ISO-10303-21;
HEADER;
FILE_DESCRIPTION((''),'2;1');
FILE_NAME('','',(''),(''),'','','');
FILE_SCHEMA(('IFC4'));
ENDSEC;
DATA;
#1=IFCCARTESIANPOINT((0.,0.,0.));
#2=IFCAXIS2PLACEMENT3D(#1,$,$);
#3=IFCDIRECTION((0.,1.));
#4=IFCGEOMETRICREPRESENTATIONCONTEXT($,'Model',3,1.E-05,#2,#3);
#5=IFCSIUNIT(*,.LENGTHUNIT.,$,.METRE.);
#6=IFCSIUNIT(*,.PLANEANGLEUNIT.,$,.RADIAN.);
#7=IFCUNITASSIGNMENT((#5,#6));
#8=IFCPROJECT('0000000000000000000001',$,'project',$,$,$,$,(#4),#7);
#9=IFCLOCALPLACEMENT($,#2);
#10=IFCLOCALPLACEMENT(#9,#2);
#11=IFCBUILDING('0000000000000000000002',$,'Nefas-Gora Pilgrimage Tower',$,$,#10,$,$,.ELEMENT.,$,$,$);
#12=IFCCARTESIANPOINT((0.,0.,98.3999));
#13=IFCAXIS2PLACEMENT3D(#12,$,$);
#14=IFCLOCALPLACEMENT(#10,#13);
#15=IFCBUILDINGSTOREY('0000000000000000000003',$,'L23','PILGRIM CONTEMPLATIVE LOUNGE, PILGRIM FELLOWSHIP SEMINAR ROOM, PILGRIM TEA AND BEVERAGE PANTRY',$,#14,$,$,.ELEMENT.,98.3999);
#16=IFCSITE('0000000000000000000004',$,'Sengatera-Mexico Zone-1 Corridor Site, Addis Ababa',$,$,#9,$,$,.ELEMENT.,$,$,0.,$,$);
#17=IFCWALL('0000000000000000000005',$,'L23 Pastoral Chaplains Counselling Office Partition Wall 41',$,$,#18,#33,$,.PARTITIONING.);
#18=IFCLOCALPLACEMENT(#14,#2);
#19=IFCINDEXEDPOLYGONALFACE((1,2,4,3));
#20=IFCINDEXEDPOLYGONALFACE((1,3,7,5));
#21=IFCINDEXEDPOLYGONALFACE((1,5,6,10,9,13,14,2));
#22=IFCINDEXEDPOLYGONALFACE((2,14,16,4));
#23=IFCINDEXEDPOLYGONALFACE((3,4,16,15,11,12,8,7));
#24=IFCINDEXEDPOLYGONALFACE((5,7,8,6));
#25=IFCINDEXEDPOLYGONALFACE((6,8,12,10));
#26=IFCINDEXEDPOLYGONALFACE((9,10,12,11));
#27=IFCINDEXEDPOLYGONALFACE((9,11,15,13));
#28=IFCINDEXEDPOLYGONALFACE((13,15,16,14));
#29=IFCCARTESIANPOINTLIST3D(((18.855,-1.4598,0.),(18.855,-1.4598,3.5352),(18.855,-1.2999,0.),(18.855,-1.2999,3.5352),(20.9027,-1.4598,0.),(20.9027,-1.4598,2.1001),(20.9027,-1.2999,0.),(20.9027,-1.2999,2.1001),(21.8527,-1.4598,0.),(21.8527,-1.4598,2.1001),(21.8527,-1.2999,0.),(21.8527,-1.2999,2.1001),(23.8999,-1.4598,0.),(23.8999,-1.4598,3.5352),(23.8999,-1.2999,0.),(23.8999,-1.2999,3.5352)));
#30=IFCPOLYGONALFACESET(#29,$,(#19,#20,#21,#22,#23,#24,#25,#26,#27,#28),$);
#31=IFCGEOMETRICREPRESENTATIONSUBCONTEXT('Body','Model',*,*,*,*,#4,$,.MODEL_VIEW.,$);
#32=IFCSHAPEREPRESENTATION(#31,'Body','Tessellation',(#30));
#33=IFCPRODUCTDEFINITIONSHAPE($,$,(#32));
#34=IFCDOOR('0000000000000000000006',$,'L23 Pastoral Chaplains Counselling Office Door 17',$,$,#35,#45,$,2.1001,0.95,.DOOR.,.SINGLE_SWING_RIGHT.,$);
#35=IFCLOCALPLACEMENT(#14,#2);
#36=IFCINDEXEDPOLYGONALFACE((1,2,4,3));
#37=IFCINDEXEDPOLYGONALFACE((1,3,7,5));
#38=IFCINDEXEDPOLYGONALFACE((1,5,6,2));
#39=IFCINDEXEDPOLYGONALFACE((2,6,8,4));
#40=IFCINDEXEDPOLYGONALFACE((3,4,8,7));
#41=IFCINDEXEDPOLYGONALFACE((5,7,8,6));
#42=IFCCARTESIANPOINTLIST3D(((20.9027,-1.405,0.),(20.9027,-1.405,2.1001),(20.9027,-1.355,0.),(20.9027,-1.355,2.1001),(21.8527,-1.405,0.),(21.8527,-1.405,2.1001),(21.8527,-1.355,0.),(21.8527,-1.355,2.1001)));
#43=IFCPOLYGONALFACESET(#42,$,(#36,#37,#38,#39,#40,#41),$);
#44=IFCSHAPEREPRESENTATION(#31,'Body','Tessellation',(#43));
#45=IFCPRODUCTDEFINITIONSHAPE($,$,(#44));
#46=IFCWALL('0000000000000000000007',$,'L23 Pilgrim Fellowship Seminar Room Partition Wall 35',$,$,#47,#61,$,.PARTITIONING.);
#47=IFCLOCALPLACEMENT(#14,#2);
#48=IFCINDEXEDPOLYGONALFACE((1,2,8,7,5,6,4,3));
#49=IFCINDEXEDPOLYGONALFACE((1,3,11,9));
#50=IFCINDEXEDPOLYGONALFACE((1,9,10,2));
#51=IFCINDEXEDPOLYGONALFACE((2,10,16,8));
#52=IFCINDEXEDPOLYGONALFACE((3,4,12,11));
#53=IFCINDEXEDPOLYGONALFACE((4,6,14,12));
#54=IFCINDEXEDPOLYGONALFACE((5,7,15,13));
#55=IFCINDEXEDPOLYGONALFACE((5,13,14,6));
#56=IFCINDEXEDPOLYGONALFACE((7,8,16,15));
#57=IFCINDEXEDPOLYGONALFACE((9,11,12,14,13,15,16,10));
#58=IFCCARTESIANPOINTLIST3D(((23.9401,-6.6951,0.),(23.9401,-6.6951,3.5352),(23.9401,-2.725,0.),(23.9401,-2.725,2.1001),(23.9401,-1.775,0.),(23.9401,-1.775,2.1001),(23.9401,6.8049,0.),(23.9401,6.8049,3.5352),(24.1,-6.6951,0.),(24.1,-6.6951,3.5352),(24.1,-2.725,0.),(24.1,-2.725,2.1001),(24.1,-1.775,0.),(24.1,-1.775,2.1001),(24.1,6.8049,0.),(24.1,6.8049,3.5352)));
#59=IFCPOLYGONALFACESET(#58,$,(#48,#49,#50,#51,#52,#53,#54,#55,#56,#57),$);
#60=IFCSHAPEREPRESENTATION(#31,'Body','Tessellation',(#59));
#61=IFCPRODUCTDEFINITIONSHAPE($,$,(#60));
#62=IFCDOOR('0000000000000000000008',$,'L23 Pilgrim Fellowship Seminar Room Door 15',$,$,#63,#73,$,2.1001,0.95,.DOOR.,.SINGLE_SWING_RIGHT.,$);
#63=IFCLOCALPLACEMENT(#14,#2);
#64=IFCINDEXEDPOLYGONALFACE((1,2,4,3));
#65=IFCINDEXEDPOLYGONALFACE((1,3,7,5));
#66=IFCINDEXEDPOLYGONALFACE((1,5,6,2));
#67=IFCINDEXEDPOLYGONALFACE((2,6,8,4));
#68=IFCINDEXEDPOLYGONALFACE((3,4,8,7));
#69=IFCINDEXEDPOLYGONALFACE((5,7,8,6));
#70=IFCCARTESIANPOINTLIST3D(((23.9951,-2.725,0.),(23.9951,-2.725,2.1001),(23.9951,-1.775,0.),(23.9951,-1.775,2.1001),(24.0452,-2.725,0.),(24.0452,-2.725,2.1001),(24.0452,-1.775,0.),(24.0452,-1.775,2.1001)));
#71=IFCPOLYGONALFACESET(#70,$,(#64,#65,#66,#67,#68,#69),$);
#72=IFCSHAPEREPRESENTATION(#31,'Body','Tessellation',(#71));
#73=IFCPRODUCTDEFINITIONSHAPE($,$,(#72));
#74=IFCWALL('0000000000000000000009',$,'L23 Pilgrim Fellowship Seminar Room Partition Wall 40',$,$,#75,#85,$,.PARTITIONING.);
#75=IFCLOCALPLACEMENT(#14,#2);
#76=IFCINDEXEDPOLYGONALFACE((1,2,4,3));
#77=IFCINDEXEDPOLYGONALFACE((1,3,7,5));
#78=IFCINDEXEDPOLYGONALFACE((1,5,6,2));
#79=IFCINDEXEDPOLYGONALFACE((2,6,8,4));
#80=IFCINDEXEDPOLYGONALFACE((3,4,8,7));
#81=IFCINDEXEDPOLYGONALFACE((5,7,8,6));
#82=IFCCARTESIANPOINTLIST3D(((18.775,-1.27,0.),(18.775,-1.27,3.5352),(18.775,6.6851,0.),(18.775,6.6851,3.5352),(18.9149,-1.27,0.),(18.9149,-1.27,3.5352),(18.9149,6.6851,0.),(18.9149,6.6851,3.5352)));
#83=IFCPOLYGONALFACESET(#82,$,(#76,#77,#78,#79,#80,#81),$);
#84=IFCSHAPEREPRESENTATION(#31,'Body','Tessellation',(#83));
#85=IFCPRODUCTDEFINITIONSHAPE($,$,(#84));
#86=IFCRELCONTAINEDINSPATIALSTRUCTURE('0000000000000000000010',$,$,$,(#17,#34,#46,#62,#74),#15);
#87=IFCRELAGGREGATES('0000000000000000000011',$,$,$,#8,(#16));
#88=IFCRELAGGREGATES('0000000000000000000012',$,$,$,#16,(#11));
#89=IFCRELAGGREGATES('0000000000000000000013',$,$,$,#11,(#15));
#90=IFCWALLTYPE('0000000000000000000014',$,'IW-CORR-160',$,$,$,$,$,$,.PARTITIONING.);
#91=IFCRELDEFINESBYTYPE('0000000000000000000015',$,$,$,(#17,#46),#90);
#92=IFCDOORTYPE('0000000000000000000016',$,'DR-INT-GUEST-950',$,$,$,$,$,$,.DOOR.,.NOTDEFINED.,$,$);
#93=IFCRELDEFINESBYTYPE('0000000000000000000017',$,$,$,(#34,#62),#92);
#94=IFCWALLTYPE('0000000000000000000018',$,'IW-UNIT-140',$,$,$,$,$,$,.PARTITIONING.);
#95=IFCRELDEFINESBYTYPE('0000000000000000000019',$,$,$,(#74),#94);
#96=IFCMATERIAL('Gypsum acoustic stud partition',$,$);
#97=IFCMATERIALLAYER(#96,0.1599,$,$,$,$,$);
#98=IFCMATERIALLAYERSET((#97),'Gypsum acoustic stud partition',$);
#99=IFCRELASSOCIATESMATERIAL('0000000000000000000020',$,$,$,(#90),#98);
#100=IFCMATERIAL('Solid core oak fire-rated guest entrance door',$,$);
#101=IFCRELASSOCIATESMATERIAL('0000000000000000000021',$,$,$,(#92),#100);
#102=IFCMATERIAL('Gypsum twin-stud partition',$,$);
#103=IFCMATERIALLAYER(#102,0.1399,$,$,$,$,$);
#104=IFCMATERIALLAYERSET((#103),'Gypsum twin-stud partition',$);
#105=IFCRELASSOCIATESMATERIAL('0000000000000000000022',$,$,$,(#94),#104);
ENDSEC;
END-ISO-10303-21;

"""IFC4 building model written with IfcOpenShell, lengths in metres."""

from ifc_helpers import new_model, si_unit, direction, frame, frame_2d, origin, place, context, subcontext, project, spatial, rectangle, extrude, source, transform, mapped, material, layer, layer_set, type_object, element, fill, save


model = new_model("IFC4")

# Units and contexts
model_context = context("Model", 3, precision=1e-05, world=origin(), true_north=direction((0.0, 1.0)))
body_context = subcontext(model_context, "Body", "Model", "MODEL_VIEW")
ifc_project = project(units=[si_unit("LENGTHUNIT", "METRE"), si_unit("PLANEANGLEUNIT", "RADIAN")], contexts=[model_context])

# Site, building, storey
site_placement = place(None, origin())
site = spatial("IfcSite", under=ifc_project, at=site_placement, Name="Sengatera-Mexico Zone-1 Corridor Site, Addis Ababa", CompositionType="ELEMENT", RefElevation=0.0)
building_placement = place(site_placement, origin())
building = spatial("IfcBuilding", under=site, at=building_placement, Name="Nefas-Gora Pilgrimage Tower", CompositionType="ELEMENT")
storey_placement = place(building_placement, frame((0.0, 0.0, 98.3999)))
storey = spatial("IfcBuildingStorey", under=building, at=storey_placement, Name="L23", Description="PILGRIM CONTEMPLATIVE LOUNGE, PILGRIM FELLOWSHIP SEMINAR ROOM, PILGRIM TEA AND BEVERAGE PANTRY", CompositionType="ELEMENT", Elevation=98.3999)

# Walls, openings, doors
ifc_material_1 = material(Name="Gypsum acoustic stud partition")
ifc_layer_1 = layer(ifc_material_1, 0.1599)
ifc_layer_set_1 = layer_set([ifc_layer_1], Name="Gypsum acoustic stud partition")
wall_type_1 = type_object("IfcWallType", Name="IW-CORR-160", PredefinedType="PARTITIONING", material=ifc_layer_set_1)
shared_shape_1 = source(origin(), body_context, "Body", "SweptSolid", [
    extrude(rectangle(XDim=5.0449, YDim=0.1599, at=frame_2d((2.5225, 0.0))), origin(), (0.0, 0.0, 1.0), 3.5352),
])
wall_1_placement = place(storey_placement, frame((18.855, -1.3799, 0.0), z_axis=(0.0, 0.0, 1.0), x_axis=(1.0, 0.0, 0.0)))
wall_1 = element("IfcWall", 1, at=wall_1_placement, inside=storey, type_object=wall_type_1, Name="L23 Pastoral Chaplains Counselling Office Partition Wall 41", PredefinedType="PARTITIONING", context=body_context, shape_type="MappedRepresentation", body=[
    mapped(shared_shape_1, transform((0.0, 0.0, 0.0), x_axis=(1.0, 0.0, 0.0), y_axis=(0.0, 1.0, 0.0), z_axis=(0.0, 0.0, 1.0), scale=1.0)),
])
opening_1_placement = place(wall_1_placement, frame((2.0476, 0.0, 0.0)))
opening_1 = element("IfcOpeningElement", 2, at=opening_1_placement, cuts=wall_1, PredefinedType="OPENING", context=body_context, shape_type="SweptSolid", body=[
    extrude(rectangle(XDim=0.95, YDim=2.1001, at=frame_2d((0.4751, 1.05))), frame((0.0, 0.0898, 0.0), z_axis=(0.0, -1.0, 0.0), x_axis=(1.0, 0.0, 0.0)), (0.0, 0.0, 1.0), 0.1799),
])
ifc_material_2 = material(Name="Solid core oak fire-rated guest entrance door")
door_type = type_object("IfcDoorType", Name="DR-INT-GUEST-950", OperationType="NOTDEFINED", PredefinedType="DOOR", material=ifc_material_2)
shared_shape_2 = source(origin(), body_context, "Body", "SweptSolid", [
    extrude(rectangle(XDim=0.95, YDim=2.1001, at=frame_2d((0.4751, 1.05))), frame((0.0, 0.0249, 0.0), z_axis=(0.0, -1.0, 0.0), x_axis=(1.0, 0.0, 0.0)), (0.0, 0.0, 1.0), 0.05),
])
door_1_placement = place(opening_1_placement, origin())
door_1 = element("IfcDoor", 3, at=door_1_placement, inside=storey, type_object=door_type, Name="L23 Pastoral Chaplains Counselling Office Door 17", OperationType="SINGLE_SWING_RIGHT", OverallHeight=2.1001, OverallWidth=0.95, PredefinedType="DOOR", context=body_context, shape_type="MappedRepresentation", body=[
    mapped(shared_shape_2, transform((0.0, 0.0, 0.0), x_axis=(1.0, 0.0, 0.0), y_axis=(0.0, 1.0, 0.0), z_axis=(0.0, 0.0, 1.0), scale=1.0)),
])
fill(opening_1, door_1)
shared_shape_3 = source(origin(), body_context, "Body", "SweptSolid", [
    extrude(rectangle(XDim=13.5, YDim=0.1599, at=frame_2d((6.75, 0.0))), origin(), (0.0, 0.0, 1.0), 3.5352),
])
wall_2_placement = place(storey_placement, frame((24.02, -6.6951, 0.0), z_axis=(0.0, 0.0, 1.0), x_axis=(0.0, 1.0, 0.0)))
wall_2 = element("IfcWall", 4, at=wall_2_placement, inside=storey, type_object=wall_type_1, Name="L23 Pilgrim Fellowship Seminar Room Partition Wall 35", PredefinedType="PARTITIONING", context=body_context, shape_type="MappedRepresentation", body=[
    mapped(shared_shape_3, transform((0.0, 0.0, 0.0), x_axis=(1.0, 0.0, 0.0), y_axis=(0.0, 1.0, 0.0), z_axis=(0.0, 0.0, 1.0), scale=1.0)),
])
opening_2_placement = place(wall_2_placement, frame((3.97, 0.0, 0.0)))
opening_2 = element("IfcOpeningElement", 5, at=opening_2_placement, cuts=wall_2, PredefinedType="OPENING", context=body_context, shape_type="SweptSolid", body=[
    extrude(rectangle(XDim=0.95, YDim=2.1001, at=frame_2d((0.4751, 1.05))), frame((0.0, 0.0898, 0.0), z_axis=(0.0, -1.0, 0.0), x_axis=(1.0, 0.0, 0.0)), (0.0, 0.0, 1.0), 0.1799),
])
door_2_placement = place(opening_2_placement, origin())
door_2 = element("IfcDoor", 6, at=door_2_placement, inside=storey, type_object=door_type, Name="L23 Pilgrim Fellowship Seminar Room Door 15", OperationType="SINGLE_SWING_RIGHT", OverallHeight=2.1001, OverallWidth=0.95, PredefinedType="DOOR", context=body_context, shape_type="MappedRepresentation", body=[
    mapped(shared_shape_2, transform((0.0, 0.0, 0.0), x_axis=(1.0, 0.0, 0.0), y_axis=(0.0, 1.0, 0.0), z_axis=(0.0, 0.0, 1.0), scale=1.0)),
])
fill(opening_2, door_2)

# Wall
ifc_material_3 = material(Name="Gypsum twin-stud partition")
ifc_layer_2 = layer(ifc_material_3, 0.1399)
ifc_layer_set_2 = layer_set([ifc_layer_2], Name="Gypsum twin-stud partition")
wall_type_2 = type_object("IfcWallType", Name="IW-UNIT-140", PredefinedType="PARTITIONING", material=ifc_layer_set_2)
shared_shape_4 = source(origin(), body_context, "Body", "SweptSolid", [
    extrude(rectangle(XDim=7.9551, YDim=0.1399, at=frame_2d((3.9775, 0.0))), origin(), (0.0, 0.0, 1.0), 3.5352),
])
wall_3_placement = place(storey_placement, frame((18.845, -1.27, 0.0), z_axis=(0.0, 0.0, 1.0), x_axis=(0.0, 1.0, 0.0)))
element("IfcWall", 7, at=wall_3_placement, inside=storey, type_object=wall_type_2, Name="L23 Pilgrim Fellowship Seminar Room Partition Wall 40", PredefinedType="PARTITIONING", context=body_context, shape_type="MappedRepresentation", body=[
    mapped(shared_shape_4, transform((0.0, 0.0, 0.0), x_axis=(1.0, 0.0, 0.0), y_axis=(0.0, 1.0, 0.0), z_axis=(0.0, 0.0, 1.0), scale=1.0)),
])

save(model, "model.ifc")
